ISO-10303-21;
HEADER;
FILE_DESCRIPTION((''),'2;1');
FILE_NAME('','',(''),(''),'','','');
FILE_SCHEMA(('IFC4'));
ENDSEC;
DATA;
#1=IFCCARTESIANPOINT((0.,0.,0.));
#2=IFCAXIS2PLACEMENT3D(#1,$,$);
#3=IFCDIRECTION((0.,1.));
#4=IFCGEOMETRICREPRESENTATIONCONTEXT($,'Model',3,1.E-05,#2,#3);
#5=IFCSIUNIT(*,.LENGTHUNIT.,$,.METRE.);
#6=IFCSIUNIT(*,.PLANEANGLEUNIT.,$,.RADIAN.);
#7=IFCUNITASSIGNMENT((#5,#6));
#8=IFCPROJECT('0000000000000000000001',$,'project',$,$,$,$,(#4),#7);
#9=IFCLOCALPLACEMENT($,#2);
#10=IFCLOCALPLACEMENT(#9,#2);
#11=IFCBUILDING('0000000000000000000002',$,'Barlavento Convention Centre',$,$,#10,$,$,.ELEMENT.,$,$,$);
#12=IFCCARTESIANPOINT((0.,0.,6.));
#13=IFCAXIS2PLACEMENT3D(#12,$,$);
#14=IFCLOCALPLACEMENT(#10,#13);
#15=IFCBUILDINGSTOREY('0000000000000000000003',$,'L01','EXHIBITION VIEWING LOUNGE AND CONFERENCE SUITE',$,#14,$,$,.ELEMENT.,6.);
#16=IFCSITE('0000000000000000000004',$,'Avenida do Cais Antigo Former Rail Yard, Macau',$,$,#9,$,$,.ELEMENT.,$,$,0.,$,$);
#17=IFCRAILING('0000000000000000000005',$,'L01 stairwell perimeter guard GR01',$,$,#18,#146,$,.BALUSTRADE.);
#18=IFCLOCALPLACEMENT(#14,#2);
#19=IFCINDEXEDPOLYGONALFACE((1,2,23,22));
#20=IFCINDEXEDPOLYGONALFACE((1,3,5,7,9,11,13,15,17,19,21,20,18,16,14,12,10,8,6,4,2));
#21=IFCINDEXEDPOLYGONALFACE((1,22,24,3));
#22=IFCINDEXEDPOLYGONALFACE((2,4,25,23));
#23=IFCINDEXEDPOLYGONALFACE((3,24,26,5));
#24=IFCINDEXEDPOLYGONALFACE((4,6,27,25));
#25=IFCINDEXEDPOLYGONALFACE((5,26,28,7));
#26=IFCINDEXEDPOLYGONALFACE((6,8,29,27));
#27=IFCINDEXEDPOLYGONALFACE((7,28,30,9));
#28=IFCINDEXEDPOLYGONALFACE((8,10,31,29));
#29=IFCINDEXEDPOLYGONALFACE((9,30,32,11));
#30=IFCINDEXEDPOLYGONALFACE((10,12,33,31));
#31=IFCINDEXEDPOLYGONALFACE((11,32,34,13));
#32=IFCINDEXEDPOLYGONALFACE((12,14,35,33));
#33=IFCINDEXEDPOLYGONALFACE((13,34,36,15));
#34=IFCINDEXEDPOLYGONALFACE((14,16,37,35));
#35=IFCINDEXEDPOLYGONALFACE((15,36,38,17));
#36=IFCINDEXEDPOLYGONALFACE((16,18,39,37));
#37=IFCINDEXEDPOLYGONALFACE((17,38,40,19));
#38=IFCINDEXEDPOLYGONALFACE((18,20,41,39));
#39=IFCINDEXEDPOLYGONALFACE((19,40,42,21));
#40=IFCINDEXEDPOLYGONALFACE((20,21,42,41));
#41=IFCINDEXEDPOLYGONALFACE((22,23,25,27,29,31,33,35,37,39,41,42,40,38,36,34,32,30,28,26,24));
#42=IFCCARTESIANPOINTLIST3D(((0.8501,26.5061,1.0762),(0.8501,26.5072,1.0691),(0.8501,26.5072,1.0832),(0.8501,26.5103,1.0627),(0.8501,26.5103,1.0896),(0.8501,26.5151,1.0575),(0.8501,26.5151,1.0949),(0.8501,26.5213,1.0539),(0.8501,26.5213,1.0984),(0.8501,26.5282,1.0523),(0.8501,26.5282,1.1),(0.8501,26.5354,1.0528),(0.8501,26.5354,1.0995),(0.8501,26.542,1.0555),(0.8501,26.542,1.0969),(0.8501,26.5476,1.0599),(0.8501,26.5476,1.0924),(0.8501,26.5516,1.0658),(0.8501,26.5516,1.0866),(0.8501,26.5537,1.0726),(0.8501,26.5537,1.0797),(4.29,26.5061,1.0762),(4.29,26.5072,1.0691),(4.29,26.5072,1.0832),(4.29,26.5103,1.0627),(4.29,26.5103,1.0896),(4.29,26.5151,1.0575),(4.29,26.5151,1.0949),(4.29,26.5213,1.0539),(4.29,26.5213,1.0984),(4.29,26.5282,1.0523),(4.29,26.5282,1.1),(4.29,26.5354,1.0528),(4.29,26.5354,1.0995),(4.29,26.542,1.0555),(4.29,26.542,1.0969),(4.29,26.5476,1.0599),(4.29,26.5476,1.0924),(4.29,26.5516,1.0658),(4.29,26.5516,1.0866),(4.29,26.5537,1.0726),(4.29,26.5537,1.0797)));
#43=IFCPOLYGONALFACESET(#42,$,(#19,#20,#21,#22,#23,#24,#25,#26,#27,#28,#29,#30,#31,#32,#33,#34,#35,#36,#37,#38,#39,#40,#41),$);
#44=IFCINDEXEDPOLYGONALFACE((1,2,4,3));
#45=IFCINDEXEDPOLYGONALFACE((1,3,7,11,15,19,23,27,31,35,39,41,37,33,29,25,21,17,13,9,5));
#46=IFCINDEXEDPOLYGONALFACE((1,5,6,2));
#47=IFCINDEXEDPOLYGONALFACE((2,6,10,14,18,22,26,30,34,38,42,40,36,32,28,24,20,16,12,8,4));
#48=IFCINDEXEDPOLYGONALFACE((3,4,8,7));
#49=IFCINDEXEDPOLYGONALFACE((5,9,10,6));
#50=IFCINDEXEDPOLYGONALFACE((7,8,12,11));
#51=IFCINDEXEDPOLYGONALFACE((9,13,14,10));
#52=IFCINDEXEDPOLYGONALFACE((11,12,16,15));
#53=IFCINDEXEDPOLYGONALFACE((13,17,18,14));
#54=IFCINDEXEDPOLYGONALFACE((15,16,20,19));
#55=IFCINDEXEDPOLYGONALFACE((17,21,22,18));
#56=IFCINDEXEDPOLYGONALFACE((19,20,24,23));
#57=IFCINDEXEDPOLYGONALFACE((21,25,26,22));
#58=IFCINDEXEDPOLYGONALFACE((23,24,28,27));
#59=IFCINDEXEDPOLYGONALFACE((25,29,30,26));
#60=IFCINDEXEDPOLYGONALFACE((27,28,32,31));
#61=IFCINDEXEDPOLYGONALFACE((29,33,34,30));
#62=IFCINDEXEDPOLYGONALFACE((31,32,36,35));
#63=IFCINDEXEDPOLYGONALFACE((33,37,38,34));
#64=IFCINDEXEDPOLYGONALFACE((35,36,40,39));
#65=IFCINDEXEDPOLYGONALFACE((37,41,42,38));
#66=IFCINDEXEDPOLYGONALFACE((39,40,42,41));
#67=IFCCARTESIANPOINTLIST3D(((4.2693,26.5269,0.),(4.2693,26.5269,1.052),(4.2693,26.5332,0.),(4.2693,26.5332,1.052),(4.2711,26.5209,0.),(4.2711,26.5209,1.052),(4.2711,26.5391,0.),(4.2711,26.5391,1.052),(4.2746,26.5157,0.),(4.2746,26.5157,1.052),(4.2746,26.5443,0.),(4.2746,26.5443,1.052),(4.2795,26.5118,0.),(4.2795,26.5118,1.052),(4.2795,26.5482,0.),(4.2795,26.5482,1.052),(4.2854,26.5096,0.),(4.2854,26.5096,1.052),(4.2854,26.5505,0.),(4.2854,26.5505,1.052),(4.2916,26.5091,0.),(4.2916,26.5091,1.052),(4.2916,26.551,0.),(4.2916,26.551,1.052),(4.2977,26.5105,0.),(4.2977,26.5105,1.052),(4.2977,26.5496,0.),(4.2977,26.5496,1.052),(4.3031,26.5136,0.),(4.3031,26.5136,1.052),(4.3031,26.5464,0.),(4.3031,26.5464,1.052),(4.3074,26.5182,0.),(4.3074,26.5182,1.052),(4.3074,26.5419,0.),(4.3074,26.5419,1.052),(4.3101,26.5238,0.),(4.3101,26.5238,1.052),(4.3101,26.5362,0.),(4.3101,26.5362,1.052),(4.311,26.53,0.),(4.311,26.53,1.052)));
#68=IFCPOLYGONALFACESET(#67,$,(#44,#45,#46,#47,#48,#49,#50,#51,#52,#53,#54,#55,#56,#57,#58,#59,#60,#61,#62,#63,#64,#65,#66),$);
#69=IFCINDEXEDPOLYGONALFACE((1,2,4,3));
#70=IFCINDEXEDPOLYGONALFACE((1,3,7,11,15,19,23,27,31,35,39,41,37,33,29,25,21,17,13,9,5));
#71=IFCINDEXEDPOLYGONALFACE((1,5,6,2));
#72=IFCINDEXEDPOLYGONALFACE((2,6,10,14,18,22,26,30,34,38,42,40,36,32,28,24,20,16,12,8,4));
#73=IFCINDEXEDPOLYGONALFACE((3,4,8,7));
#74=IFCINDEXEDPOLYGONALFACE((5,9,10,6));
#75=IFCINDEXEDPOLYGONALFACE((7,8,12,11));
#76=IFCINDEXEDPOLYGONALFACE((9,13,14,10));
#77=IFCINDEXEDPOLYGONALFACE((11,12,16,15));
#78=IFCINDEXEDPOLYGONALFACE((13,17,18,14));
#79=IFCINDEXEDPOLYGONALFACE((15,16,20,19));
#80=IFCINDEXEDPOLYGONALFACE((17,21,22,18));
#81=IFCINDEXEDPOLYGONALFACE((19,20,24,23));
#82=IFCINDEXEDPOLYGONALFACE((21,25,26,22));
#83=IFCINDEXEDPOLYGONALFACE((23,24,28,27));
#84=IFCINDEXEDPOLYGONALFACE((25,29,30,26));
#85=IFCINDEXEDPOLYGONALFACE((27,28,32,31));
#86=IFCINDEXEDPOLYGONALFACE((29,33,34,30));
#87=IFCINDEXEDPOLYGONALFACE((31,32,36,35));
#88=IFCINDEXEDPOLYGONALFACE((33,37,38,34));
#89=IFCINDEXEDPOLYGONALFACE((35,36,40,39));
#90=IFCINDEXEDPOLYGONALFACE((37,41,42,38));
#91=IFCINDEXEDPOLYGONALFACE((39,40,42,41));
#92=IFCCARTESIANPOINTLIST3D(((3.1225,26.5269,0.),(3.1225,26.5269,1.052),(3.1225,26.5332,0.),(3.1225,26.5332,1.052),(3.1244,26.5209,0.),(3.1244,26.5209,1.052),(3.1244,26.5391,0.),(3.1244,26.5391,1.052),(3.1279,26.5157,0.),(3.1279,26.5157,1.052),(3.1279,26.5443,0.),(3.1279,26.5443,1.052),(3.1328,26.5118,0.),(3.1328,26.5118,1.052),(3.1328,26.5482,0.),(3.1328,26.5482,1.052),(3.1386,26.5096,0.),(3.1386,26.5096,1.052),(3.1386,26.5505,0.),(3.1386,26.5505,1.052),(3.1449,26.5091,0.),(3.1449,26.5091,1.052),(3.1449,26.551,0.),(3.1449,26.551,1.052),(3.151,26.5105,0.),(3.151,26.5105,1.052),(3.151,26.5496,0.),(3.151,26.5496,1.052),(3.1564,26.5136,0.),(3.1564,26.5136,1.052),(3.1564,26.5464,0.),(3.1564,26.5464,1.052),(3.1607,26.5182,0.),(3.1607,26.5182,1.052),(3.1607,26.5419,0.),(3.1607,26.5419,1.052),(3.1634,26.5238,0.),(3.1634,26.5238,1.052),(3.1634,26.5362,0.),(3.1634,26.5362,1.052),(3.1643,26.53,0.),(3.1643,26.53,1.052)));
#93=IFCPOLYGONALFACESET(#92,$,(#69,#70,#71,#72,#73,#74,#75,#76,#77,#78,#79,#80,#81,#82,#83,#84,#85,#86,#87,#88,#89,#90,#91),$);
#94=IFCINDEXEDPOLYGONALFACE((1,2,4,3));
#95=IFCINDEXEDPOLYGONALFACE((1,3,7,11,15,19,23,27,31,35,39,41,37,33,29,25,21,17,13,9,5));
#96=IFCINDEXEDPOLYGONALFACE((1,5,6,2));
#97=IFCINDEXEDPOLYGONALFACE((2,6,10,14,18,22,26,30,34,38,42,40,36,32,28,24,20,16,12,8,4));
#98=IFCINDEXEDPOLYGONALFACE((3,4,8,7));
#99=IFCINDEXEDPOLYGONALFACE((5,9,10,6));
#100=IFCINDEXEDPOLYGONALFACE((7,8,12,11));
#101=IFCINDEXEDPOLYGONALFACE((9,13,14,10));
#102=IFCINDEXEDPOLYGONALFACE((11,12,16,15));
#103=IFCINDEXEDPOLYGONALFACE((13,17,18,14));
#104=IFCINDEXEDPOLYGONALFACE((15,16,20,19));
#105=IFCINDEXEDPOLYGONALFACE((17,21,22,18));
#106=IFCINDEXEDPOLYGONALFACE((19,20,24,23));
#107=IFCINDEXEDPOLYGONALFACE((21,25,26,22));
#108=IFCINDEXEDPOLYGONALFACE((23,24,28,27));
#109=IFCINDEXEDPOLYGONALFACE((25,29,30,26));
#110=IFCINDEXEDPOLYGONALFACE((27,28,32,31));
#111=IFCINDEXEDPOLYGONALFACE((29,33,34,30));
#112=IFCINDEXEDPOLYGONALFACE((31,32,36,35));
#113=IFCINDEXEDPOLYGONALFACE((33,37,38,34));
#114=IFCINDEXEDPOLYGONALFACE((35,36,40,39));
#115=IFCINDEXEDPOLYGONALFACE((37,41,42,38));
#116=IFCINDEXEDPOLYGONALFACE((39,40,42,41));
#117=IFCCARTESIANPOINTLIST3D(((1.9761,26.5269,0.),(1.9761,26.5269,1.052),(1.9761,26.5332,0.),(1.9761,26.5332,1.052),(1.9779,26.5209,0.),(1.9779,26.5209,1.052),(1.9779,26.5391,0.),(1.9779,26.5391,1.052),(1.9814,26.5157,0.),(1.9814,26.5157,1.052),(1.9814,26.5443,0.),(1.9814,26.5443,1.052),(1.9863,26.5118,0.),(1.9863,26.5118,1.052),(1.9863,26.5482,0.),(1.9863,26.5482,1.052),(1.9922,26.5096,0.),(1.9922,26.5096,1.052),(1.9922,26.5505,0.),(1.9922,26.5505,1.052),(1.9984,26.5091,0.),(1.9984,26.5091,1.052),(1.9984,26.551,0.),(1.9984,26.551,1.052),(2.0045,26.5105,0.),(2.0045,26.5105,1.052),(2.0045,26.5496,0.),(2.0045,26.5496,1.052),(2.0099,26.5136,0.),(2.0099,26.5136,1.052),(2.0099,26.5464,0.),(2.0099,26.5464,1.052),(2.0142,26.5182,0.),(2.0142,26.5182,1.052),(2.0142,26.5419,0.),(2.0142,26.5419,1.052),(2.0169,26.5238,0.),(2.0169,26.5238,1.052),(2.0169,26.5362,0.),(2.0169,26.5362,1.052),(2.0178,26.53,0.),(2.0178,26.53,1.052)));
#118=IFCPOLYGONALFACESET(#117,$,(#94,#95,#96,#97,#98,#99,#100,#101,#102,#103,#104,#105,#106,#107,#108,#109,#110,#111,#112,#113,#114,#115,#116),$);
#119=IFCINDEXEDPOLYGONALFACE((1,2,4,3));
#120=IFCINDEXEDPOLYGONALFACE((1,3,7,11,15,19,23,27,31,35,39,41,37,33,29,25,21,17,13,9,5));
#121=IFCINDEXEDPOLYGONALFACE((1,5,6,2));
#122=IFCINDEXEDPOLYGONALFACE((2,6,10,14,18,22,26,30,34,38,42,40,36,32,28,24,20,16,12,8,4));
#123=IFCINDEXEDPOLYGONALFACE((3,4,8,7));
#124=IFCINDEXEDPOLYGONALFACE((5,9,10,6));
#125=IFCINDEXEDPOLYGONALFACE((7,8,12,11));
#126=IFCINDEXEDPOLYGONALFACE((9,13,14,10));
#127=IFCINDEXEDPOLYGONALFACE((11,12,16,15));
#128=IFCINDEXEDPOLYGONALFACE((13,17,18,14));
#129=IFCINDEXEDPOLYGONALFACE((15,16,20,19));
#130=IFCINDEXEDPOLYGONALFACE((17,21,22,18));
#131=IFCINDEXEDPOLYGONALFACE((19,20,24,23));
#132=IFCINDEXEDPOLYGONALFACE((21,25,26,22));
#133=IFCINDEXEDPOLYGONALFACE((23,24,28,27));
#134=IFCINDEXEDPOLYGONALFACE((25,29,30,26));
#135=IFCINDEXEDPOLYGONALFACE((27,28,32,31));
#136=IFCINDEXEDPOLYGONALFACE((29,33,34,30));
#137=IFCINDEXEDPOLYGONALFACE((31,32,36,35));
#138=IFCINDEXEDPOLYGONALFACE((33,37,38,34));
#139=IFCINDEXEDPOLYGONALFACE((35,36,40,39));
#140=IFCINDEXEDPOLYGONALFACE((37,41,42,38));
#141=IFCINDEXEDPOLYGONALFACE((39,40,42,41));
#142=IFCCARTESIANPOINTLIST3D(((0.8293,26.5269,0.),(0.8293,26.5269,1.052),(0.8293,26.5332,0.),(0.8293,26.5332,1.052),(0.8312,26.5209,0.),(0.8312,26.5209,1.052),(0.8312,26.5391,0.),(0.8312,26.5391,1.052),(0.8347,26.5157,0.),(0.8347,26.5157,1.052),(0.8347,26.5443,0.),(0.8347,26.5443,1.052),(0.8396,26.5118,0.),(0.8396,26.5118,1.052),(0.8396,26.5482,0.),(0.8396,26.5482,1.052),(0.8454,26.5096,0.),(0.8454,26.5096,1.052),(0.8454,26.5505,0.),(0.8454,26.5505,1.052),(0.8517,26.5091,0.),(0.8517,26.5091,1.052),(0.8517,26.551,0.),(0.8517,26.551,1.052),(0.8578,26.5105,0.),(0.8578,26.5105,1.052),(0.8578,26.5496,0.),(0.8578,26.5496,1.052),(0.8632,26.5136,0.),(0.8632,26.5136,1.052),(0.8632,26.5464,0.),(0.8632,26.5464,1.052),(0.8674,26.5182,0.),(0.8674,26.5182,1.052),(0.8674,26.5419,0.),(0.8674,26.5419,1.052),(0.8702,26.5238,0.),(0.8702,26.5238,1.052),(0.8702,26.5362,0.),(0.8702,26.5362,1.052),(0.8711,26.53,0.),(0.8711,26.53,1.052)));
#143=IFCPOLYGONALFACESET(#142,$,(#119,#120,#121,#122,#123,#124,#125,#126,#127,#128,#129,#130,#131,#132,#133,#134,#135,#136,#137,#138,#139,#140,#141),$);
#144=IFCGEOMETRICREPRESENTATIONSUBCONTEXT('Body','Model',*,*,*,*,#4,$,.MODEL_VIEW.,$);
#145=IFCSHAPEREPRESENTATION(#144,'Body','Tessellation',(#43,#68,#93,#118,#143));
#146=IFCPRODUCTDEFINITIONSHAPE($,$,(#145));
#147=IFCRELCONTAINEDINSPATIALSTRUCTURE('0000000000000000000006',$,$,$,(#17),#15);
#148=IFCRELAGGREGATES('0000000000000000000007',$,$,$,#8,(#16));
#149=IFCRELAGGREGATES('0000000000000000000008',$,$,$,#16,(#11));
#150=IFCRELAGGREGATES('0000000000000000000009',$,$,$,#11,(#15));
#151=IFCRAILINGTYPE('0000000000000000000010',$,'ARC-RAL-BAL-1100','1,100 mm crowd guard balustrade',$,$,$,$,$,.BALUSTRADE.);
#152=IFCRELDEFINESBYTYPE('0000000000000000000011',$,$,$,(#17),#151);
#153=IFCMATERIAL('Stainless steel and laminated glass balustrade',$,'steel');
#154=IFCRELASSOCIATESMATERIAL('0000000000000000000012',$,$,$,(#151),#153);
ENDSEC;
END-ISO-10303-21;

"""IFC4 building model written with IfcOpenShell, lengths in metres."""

from ifc_helpers import new_model, si_unit, direction, frame, origin, origin_2d, place, context, subcontext, project, spatial, circle, extrude, material, type_object, element, save


model = new_model("IFC4")

# Units and contexts
model_context = context("Model", 3, precision=1e-05, world=origin(), true_north=direction((0.0, 1.0)))
body_context = subcontext(model_context, "Body", "Model", "MODEL_VIEW")
ifc_project = project(units=[si_unit("LENGTHUNIT", "METRE"), si_unit("PLANEANGLEUNIT", "RADIAN")], contexts=[model_context])

# Site, building, storey
site_placement = place(None, origin())
site = spatial("IfcSite", under=ifc_project, at=site_placement, Name="Avenida do Cais Antigo Former Rail Yard, Macau", CompositionType="ELEMENT", RefElevation=0.0)
building_placement = place(site_placement, origin())
building = spatial("IfcBuilding", under=site, at=building_placement, Name="Barlavento Convention Centre", CompositionType="ELEMENT")
storey_placement = place(building_placement, frame((0.0, 0.0, 6.0)))
storey = spatial("IfcBuildingStorey", under=building, at=storey_placement, Name="L01", Description="EXHIBITION VIEWING LOUNGE AND CONFERENCE SUITE", CompositionType="ELEMENT", Elevation=6.0)

# Railing
ifc_material_1 = material(Name="Stainless steel and laminated glass balustrade", Category="steel")
railing_type_1 = type_object("IfcRailingType", Name="ARC-RAL-BAL-1100", Description="1,100 mm crowd guard balustrade", PredefinedType="BALUSTRADE", material=ifc_material_1)
railing_1_placement = place(storey_placement, frame((4.29, 26.53, 0.0)))
element("IfcRailing", 1, at=railing_1_placement, inside=storey, type_object=railing_type_1, Name="L01 stairwell perimeter guard GR01", PredefinedType="BALUSTRADE", context=body_context, shape_type="SweptSolid", body=[
    extrude(circle(Radius=0.0239, at=origin_2d()), frame((0.0, 0.0, 1.0762), z_axis=(-1.0, 0.0, 0.0), x_axis=(0.0, -1.0, 0.0)), (0.0, 0.0, 1.0), 3.4399),
    extrude(circle(Radius=0.021, at=origin_2d()), origin(), (0.0, 0.0, 1.0), 1.052),
    extrude(circle(Radius=0.021, at=origin_2d()), frame((-1.1467, 0.0, 0.0)), (0.0, 0.0, 1.0), 1.052),
    extrude(circle(Radius=0.021, at=origin_2d()), frame((-2.2932, 0.0, 0.0)), (0.0, 0.0, 1.0), 1.052),
    extrude(circle(Radius=0.021, at=origin_2d()), frame((-3.4399, 0.0, 0.0)), (0.0, 0.0, 1.0), 1.052),
])

save(model, "model.ifc")
